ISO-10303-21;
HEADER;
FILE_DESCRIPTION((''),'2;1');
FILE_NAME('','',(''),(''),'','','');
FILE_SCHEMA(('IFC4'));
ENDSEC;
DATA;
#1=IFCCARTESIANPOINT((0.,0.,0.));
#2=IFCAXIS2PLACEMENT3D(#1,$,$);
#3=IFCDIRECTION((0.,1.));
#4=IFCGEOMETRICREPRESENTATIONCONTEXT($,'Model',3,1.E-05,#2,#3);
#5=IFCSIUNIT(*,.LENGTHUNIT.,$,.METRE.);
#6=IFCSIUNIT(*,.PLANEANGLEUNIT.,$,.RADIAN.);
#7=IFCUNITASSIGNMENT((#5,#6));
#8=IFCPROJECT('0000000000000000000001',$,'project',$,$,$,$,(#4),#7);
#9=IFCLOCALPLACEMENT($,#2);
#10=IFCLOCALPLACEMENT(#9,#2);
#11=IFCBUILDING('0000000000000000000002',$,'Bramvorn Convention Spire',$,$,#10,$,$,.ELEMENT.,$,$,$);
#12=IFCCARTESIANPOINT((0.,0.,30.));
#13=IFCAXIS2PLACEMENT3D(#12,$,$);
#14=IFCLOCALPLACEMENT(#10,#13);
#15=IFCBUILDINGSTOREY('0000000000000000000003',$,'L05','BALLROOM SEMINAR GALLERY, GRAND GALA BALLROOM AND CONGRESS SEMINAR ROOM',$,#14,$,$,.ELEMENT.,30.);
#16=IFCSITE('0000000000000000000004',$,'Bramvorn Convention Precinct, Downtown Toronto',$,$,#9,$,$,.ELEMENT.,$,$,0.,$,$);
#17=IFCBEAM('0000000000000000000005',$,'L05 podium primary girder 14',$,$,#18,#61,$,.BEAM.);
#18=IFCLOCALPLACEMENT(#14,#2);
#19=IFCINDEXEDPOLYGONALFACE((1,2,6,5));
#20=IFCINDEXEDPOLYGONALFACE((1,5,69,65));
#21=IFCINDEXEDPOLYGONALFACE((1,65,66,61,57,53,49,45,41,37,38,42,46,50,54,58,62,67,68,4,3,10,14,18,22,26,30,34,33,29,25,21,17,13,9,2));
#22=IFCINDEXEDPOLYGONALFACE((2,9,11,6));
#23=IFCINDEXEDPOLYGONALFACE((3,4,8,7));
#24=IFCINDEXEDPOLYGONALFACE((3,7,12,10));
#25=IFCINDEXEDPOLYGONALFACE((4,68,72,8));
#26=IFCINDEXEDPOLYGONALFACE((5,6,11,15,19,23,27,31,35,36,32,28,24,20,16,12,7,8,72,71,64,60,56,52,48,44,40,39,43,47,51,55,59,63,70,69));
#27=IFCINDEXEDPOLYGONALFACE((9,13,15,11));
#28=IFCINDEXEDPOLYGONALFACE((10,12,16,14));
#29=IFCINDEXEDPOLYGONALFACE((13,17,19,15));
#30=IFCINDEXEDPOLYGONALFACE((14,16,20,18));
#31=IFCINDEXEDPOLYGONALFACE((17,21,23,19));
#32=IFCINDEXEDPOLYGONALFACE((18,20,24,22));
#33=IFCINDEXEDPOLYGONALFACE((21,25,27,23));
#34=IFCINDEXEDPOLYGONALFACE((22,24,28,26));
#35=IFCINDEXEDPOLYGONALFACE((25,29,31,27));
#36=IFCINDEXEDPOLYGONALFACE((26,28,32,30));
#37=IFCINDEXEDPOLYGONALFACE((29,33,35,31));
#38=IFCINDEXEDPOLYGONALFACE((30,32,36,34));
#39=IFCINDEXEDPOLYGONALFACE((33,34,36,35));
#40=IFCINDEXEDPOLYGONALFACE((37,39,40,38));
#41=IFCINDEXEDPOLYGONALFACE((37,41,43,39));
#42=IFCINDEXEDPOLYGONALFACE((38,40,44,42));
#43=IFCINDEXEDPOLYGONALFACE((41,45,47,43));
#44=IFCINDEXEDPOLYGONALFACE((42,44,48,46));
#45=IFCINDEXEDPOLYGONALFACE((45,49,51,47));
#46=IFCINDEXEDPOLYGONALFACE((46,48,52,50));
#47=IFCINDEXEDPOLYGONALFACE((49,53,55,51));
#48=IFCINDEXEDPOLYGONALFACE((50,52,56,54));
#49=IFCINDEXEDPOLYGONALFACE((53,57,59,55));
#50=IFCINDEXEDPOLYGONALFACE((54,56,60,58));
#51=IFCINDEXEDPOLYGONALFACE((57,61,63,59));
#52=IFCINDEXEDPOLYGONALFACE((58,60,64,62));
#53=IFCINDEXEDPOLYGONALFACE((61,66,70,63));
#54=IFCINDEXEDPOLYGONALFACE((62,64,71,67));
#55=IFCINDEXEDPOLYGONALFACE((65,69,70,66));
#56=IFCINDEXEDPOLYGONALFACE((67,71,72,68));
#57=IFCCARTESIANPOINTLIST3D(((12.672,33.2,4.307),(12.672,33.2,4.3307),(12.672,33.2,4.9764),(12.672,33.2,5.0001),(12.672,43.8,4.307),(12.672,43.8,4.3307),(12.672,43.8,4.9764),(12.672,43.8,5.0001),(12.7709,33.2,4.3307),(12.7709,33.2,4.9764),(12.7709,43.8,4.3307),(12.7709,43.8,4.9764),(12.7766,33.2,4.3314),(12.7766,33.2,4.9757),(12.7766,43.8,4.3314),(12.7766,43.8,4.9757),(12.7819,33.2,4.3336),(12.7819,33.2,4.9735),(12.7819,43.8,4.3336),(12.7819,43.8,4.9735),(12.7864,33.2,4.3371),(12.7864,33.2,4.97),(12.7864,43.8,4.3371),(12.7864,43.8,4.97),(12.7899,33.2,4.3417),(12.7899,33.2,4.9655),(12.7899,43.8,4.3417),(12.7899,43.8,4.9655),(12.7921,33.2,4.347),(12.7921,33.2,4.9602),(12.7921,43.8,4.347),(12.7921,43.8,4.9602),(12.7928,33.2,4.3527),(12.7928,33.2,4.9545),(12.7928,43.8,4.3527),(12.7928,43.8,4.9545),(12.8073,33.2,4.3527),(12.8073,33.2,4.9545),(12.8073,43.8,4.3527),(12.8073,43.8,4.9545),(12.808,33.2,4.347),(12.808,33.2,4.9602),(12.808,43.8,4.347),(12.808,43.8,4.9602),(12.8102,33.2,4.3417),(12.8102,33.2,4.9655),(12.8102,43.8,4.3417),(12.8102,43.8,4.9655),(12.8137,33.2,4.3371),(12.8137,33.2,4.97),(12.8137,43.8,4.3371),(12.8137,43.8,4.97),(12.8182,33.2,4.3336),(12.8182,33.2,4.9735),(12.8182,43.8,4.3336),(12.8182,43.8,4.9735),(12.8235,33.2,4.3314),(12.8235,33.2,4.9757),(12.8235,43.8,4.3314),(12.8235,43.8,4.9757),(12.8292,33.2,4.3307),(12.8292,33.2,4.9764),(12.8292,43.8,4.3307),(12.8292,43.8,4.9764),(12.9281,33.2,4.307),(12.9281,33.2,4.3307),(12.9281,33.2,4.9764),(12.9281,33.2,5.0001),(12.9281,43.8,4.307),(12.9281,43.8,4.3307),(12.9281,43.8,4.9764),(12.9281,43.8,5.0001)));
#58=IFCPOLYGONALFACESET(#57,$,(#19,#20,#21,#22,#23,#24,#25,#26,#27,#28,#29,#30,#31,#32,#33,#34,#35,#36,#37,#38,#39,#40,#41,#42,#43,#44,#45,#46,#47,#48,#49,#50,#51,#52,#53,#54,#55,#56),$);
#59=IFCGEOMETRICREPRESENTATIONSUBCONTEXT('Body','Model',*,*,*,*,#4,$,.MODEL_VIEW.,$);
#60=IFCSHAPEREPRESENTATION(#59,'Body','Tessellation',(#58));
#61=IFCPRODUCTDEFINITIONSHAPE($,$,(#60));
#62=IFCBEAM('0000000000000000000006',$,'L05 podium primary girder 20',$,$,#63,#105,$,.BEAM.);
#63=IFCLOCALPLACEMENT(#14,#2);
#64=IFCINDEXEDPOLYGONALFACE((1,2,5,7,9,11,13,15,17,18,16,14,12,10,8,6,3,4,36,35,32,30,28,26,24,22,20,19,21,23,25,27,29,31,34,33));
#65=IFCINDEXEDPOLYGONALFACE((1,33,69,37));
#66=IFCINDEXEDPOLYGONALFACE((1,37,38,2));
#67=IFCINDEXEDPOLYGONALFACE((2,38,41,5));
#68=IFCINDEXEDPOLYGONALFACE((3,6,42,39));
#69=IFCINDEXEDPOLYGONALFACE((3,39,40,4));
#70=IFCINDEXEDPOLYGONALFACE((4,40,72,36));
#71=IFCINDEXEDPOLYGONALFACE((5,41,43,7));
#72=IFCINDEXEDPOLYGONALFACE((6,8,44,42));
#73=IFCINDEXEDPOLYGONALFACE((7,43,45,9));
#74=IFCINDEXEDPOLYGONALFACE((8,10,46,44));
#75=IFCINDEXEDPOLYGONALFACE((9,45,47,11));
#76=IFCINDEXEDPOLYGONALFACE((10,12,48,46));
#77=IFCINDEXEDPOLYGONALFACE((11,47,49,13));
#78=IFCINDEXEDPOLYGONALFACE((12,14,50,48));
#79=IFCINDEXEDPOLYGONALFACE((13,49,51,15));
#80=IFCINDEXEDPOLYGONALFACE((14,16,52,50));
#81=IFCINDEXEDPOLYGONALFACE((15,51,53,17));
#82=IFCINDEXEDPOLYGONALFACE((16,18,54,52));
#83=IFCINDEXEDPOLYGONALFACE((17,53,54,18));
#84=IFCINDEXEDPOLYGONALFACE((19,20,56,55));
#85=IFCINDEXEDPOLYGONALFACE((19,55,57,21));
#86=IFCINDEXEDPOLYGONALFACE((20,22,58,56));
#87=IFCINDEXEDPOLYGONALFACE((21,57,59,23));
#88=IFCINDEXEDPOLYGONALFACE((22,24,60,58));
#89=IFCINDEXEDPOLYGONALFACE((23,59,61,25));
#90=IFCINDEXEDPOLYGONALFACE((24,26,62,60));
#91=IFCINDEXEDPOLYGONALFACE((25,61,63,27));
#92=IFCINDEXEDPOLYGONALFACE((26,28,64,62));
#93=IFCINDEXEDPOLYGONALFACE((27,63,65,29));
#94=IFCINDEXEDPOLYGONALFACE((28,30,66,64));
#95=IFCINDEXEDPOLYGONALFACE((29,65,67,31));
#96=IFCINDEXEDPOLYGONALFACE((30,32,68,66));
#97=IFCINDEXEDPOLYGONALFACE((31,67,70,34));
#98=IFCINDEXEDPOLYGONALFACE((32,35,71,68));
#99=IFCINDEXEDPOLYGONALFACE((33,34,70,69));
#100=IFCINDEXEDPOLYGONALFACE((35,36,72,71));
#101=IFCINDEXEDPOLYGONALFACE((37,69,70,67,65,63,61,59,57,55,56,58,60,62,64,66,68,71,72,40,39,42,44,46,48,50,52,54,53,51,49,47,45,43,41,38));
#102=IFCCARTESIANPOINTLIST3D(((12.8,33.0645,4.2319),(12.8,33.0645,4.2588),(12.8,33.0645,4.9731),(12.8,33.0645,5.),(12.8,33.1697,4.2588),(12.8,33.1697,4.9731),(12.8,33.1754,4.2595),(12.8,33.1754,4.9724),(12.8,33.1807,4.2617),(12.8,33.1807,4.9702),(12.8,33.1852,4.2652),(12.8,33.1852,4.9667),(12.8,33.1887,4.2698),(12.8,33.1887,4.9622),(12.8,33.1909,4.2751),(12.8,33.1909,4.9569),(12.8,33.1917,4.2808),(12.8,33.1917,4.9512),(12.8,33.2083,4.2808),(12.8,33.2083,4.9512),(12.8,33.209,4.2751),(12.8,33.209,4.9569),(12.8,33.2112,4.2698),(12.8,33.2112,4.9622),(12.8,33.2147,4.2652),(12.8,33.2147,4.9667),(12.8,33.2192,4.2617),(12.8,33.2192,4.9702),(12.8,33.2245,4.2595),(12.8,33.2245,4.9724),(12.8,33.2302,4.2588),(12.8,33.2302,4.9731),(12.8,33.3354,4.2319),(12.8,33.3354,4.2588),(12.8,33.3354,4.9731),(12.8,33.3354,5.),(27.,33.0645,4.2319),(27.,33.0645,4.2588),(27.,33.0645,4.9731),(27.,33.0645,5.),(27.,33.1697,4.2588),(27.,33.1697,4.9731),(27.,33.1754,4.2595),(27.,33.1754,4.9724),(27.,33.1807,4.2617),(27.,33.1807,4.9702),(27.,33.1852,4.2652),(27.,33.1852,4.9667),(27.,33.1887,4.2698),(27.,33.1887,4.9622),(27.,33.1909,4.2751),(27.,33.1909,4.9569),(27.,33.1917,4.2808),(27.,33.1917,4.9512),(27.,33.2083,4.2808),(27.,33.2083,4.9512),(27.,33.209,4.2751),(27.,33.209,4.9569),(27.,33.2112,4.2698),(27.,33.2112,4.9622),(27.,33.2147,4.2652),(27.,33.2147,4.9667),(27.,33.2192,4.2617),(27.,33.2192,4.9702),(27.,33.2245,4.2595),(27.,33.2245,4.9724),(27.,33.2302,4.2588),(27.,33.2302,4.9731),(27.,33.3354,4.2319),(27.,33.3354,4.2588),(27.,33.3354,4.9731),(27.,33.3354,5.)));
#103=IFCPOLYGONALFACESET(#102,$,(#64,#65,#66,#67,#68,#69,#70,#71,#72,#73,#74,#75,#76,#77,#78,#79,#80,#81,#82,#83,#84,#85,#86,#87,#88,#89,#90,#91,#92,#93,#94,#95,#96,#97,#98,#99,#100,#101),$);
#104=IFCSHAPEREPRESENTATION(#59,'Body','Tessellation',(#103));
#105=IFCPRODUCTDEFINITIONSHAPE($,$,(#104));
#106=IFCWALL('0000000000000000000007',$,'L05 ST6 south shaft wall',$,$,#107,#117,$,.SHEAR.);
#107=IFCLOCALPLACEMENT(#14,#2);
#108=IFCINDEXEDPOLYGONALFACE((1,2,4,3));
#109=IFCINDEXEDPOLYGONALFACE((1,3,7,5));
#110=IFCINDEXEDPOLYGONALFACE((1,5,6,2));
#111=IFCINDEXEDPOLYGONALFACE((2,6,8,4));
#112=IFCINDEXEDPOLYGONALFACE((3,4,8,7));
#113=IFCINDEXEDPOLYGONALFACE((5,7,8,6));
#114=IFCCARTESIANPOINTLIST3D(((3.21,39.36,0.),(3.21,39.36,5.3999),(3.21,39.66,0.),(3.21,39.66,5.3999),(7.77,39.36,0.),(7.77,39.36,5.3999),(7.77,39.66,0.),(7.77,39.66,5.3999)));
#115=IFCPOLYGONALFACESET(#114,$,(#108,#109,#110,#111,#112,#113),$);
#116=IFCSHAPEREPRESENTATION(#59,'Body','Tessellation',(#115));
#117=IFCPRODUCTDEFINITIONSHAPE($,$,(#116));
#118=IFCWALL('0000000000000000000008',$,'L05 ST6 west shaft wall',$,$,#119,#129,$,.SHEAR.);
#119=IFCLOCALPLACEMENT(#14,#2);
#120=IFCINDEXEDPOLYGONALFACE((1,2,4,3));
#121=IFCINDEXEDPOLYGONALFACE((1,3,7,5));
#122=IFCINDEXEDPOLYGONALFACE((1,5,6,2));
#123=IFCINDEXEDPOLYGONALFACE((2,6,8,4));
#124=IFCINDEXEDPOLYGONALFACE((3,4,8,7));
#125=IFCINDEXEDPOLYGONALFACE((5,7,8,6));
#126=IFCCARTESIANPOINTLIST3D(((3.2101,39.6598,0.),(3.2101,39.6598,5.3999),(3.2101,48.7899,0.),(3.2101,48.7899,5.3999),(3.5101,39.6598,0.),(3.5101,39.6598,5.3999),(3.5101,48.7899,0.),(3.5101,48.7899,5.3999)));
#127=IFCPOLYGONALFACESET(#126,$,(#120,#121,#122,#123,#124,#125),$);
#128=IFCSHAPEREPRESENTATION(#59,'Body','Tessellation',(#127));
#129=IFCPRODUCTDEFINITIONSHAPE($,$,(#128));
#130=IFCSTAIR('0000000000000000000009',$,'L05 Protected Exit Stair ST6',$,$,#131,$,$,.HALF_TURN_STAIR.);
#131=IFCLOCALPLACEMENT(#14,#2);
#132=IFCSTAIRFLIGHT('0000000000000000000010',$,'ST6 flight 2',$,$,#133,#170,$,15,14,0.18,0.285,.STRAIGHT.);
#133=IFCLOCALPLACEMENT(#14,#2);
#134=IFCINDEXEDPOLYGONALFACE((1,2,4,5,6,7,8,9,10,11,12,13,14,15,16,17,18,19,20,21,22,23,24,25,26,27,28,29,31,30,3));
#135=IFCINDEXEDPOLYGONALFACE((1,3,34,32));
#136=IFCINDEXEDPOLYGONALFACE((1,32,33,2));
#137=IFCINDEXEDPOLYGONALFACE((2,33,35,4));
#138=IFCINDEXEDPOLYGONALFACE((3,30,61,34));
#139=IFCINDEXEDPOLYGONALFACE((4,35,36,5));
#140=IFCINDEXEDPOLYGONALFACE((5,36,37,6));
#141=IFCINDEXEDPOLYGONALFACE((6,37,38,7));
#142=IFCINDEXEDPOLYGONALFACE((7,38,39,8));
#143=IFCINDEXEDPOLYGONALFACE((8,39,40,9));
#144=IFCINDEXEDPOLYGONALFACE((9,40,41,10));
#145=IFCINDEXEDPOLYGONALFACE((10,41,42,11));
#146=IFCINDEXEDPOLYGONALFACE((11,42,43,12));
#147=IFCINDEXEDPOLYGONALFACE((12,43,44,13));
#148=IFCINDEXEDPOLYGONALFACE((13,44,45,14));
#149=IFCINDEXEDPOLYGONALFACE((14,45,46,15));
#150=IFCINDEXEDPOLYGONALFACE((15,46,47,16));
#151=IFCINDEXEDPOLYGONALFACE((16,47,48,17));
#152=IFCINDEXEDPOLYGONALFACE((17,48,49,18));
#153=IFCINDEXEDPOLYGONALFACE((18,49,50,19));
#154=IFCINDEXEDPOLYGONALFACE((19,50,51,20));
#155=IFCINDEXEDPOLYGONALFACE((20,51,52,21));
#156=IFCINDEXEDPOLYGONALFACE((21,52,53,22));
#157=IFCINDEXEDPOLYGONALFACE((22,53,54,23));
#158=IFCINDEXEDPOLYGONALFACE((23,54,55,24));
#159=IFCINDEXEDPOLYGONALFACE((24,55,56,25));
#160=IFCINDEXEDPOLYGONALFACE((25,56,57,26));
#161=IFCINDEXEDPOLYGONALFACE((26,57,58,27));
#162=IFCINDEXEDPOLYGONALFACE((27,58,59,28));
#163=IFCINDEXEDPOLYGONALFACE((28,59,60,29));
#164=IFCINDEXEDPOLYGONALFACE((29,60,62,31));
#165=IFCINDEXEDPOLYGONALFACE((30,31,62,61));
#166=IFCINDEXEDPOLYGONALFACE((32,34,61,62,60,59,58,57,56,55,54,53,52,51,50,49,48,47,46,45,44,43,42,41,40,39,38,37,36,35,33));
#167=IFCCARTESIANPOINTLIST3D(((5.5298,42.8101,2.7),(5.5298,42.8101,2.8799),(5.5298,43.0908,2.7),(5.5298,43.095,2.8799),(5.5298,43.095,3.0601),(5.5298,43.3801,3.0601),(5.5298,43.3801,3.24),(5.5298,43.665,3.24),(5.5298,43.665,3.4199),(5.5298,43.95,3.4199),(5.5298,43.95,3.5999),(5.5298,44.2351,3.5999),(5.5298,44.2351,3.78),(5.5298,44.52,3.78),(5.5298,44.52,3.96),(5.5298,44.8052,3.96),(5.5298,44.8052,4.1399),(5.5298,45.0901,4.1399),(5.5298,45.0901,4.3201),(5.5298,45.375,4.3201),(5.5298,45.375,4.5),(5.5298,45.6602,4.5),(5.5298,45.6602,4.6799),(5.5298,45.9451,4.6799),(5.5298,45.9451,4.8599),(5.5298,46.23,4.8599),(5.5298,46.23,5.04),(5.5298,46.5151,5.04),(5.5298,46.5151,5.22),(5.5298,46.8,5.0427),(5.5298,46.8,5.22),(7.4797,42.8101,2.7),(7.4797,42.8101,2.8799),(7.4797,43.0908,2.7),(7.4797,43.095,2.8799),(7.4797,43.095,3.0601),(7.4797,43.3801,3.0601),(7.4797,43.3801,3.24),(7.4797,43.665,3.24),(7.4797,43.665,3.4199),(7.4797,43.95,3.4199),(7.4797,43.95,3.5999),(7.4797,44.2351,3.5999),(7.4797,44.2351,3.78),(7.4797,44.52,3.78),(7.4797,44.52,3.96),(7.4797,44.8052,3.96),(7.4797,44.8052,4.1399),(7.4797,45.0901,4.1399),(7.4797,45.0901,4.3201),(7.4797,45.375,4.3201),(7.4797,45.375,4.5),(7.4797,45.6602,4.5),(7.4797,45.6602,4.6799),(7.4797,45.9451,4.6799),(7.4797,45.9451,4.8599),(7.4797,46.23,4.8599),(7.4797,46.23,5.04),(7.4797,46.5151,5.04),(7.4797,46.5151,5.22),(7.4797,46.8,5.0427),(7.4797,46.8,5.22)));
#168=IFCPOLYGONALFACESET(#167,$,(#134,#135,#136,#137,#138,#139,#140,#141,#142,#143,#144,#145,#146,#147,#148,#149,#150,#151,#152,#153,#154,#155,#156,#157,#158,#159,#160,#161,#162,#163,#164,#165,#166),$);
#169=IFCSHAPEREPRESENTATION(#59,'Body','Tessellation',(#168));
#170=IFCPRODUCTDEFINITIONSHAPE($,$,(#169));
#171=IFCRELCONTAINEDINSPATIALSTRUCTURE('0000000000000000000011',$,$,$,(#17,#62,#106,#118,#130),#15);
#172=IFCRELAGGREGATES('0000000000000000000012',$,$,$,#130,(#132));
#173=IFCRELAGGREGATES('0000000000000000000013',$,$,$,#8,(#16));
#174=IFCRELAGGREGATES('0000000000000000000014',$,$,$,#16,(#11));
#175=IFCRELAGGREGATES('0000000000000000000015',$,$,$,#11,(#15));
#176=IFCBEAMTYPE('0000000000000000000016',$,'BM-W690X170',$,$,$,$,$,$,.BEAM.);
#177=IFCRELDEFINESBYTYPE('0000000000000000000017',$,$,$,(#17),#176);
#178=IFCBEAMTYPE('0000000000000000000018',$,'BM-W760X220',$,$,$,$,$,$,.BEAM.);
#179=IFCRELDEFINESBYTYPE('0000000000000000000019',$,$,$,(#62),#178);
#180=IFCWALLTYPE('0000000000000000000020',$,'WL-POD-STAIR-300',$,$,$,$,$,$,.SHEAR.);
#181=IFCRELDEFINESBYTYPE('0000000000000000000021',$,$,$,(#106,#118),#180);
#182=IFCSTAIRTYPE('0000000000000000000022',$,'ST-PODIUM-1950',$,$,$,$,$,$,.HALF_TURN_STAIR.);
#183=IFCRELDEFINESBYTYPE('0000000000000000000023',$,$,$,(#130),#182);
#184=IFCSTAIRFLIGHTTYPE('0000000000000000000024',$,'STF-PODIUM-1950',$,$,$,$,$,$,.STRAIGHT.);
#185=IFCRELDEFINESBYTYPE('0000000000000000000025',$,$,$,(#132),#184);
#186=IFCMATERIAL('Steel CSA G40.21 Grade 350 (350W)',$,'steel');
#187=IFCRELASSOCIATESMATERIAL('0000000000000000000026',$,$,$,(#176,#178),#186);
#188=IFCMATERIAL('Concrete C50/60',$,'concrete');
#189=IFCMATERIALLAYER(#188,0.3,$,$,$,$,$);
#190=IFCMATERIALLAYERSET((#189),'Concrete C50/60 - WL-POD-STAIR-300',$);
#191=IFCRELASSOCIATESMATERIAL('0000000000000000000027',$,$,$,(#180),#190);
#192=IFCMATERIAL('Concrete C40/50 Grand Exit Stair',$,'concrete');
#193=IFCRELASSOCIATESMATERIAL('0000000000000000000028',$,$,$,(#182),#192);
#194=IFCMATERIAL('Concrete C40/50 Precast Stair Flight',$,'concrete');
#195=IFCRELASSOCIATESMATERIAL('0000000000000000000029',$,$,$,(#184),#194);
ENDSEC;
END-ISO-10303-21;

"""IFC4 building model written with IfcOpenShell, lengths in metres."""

from ifc_helpers import new_model, si_unit, direction, frame, frame_2d, origin, origin_2d, place, context, subcontext, project, spatial, polyline, rectangle, i_section, outline, extrude, material, layer, layer_set, material_profile, profile_set, type_object, element, aggregate, save


model = new_model("IFC4")

# Units and contexts
model_context = context("Model", 3, precision=1e-05, world=origin(), true_north=direction((0.0, 1.0)))
body_context = subcontext(model_context, "Body", "Model", "MODEL_VIEW")
ifc_project = project(units=[si_unit("LENGTHUNIT", "METRE"), si_unit("PLANEANGLEUNIT", "RADIAN")], contexts=[model_context])

# Site, building, storey
site_placement = place(None, origin())
site = spatial("IfcSite", under=ifc_project, at=site_placement, Name="Bramvorn Convention Precinct, Downtown Toronto", CompositionType="ELEMENT", RefElevation=0.0)
building_placement = place(site_placement, origin())
building = spatial("IfcBuilding", under=site, at=building_placement, Name="Bramvorn Convention Spire", CompositionType="ELEMENT")
storey_placement = place(building_placement, frame((0.0, 0.0, 30.0)))
storey = spatial("IfcBuildingStorey", under=building, at=storey_placement, Name="L05", Description="BALLROOM SEMINAR GALLERY, GRAND GALA BALLROOM AND CONGRESS SEMINAR ROOM", CompositionType="ELEMENT", Elevation=30.0)

# Shared definitions
ifc_material_1 = material(Name="Steel CSA G40.21 Grade 350 (350W)", Category="steel")

# Beams
ifc_material_profile_1 = material_profile(ifc_material_1, i_section(OverallWidth=0.2561, OverallDepth=0.6931, WebThickness=0.0144, FlangeThickness=0.0237, FilletRadius=0.022, at=origin_2d()))
ifc_profile_set_1 = profile_set([ifc_material_profile_1], Name="Steel CSA G40.21 Grade 350 (350W) - W690X170")
beam_type_1 = type_object("IfcBeamType", Name="BM-W690X170", PredefinedType="BEAM", material=ifc_profile_set_1)
beam_1_placement = place(storey_placement, frame((12.8, 33.2, 4.6536), z_axis=(0.0, 1.0, 0.0), x_axis=(-1.0, 0.0, 0.0)))
element("IfcBeam", 1, at=beam_1_placement, inside=storey, type_object=beam_type_1, Name="L05 podium primary girder 14", PredefinedType="BEAM", context=body_context, shape_type="SweptSolid", body=[
    extrude(i_section(OverallWidth=0.2561, OverallDepth=0.6931, WebThickness=0.0144, FlangeThickness=0.0237, FilletRadius=0.022, at=origin_2d()), origin(), (0.0, 0.0, 1.0), 10.6001),
])
ifc_material_profile_2 = material_profile(ifc_material_1, i_section(OverallWidth=0.271, OverallDepth=0.7681, WebThickness=0.0166, FlangeThickness=0.0269, FilletRadius=0.022, at=origin_2d()))
ifc_profile_set_2 = profile_set([ifc_material_profile_2], Name="Steel CSA G40.21 Grade 350 (350W) - W760X220")
beam_type_2 = type_object("IfcBeamType", Name="BM-W760X220", PredefinedType="BEAM", material=ifc_profile_set_2)
beam_2_placement = place(storey_placement, frame((12.8, 33.2, 4.616), z_axis=(1.0, 0.0, 0.0), x_axis=(0.0, 1.0, 0.0)))
element("IfcBeam", 2, at=beam_2_placement, inside=storey, type_object=beam_type_2, Name="L05 podium primary girder 20", PredefinedType="BEAM", context=body_context, shape_type="SweptSolid", body=[
    extrude(i_section(OverallWidth=0.271, OverallDepth=0.7681, WebThickness=0.0166, FlangeThickness=0.0269, FilletRadius=0.022, at=origin_2d()), origin(), (0.0, 0.0, 1.0), 14.2),
])

# Walls
ifc_material_2 = material(Name="Concrete C50/60", Category="concrete")
ifc_layer = layer(ifc_material_2, 0.3)
ifc_layer_set = layer_set([ifc_layer], Name="Concrete C50/60 - WL-POD-STAIR-300")
wall_type = type_object("IfcWallType", Name="WL-POD-STAIR-300", PredefinedType="SHEAR", material=ifc_layer_set)
wall_1_placement = place(storey_placement, frame((3.21, 39.51, 0.0), z_axis=(0.0, 0.0, 1.0), x_axis=(1.0, 0.0, 0.0)))
element("IfcWall", 3, at=wall_1_placement, inside=storey, type_object=wall_type, Name="L05 ST6 south shaft wall", PredefinedType="SHEAR", context=body_context, shape_type="SweptSolid", body=[
    extrude(rectangle(XDim=4.5601, YDim=0.3, at=frame_2d((2.28, 0.0))), origin(), (0.0, 0.0, 1.0), 5.3999),
])
wall_2_placement = place(storey_placement, frame((3.3601, 39.6599, 0.0), z_axis=(0.0, 0.0, 1.0), x_axis=(0.0, 1.0, 0.0)))
element("IfcWall", 4, at=wall_2_placement, inside=storey, type_object=wall_type, Name="L05 ST6 west shaft wall", PredefinedType="SHEAR", context=body_context, shape_type="SweptSolid", body=[
    extrude(rectangle(XDim=9.1301, YDim=0.3, at=frame_2d((4.5649, 0.0))), origin(), (0.0, 0.0, 1.0), 5.3999),
])

# Stair, stair flight
ifc_material_3 = material(Name="Concrete C40/50 Grand Exit Stair", Category="concrete")
stair_type = type_object("IfcStairType", Name="ST-PODIUM-1950", PredefinedType="HALF_TURN_STAIR", material=ifc_material_3)
stair_placement = place(storey_placement, origin())
stair = element("IfcStair", 5, at=stair_placement, inside=storey, type_object=stair_type, Name="L05 Protected Exit Stair ST6", PredefinedType="HALF_TURN_STAIR")
ifc_material_4 = material(Name="Concrete C40/50 Precast Stair Flight", Category="concrete")
stair_flight_type = type_object("IfcStairFlightType", Name="STF-PODIUM-1950", PredefinedType="STRAIGHT", material=ifc_material_4)
stair_flight_placement = place(storey_placement, frame((6.5049, 42.8101, 2.7), z_axis=(0.0, 0.0, 1.0), x_axis=(0.0, 1.0, 0.0)))
stair_flight = element("IfcStairFlight", 6, at=stair_flight_placement, type_object=stair_flight_type, Name="ST6 flight 2", NumberOfRisers=15, NumberOfTreads=14, PredefinedType="STRAIGHT", RiserHeight=0.18, TreadLength=0.285, context=body_context, shape_type="SweptSolid", body=[
    extrude(outline(polyline([(0.0, 0.0), (0.0, 0.1799), (0.2849, 0.1799), (0.2849, 0.3601), (0.5701, 0.3601), (0.5701, 0.54), (0.855, 0.54), (0.855, 0.72), (1.1399, 0.72), (1.1399, 0.8999), (1.425, 0.8999), (1.425, 1.0801), (1.71, 1.0801), (1.71, 1.26), (1.9951, 1.26), (1.9951, 1.4399), (2.28, 1.4399), (2.28, 1.6201), (2.5649, 1.6201), (2.5649, 1.8), (2.8501, 1.8), (2.8501, 1.98), (3.135, 1.98), (3.135, 2.1599), (3.4199, 2.1599), (3.4199, 2.3401), (3.7051, 2.3401), (3.7051, 2.52), (3.99, 2.52), (3.99, 2.7), (3.99, 2.3428), (0.2808, 0.0), (0.0, 0.0)])), frame((0.0, 0.9751, 0.0), z_axis=(0.0, -1.0, 0.0), x_axis=(1.0, 0.0, 0.0)), (0.0, 0.0, 1.0), 1.95),
])
aggregate(stair, [stair_flight])

save(model, "model.ifc")
